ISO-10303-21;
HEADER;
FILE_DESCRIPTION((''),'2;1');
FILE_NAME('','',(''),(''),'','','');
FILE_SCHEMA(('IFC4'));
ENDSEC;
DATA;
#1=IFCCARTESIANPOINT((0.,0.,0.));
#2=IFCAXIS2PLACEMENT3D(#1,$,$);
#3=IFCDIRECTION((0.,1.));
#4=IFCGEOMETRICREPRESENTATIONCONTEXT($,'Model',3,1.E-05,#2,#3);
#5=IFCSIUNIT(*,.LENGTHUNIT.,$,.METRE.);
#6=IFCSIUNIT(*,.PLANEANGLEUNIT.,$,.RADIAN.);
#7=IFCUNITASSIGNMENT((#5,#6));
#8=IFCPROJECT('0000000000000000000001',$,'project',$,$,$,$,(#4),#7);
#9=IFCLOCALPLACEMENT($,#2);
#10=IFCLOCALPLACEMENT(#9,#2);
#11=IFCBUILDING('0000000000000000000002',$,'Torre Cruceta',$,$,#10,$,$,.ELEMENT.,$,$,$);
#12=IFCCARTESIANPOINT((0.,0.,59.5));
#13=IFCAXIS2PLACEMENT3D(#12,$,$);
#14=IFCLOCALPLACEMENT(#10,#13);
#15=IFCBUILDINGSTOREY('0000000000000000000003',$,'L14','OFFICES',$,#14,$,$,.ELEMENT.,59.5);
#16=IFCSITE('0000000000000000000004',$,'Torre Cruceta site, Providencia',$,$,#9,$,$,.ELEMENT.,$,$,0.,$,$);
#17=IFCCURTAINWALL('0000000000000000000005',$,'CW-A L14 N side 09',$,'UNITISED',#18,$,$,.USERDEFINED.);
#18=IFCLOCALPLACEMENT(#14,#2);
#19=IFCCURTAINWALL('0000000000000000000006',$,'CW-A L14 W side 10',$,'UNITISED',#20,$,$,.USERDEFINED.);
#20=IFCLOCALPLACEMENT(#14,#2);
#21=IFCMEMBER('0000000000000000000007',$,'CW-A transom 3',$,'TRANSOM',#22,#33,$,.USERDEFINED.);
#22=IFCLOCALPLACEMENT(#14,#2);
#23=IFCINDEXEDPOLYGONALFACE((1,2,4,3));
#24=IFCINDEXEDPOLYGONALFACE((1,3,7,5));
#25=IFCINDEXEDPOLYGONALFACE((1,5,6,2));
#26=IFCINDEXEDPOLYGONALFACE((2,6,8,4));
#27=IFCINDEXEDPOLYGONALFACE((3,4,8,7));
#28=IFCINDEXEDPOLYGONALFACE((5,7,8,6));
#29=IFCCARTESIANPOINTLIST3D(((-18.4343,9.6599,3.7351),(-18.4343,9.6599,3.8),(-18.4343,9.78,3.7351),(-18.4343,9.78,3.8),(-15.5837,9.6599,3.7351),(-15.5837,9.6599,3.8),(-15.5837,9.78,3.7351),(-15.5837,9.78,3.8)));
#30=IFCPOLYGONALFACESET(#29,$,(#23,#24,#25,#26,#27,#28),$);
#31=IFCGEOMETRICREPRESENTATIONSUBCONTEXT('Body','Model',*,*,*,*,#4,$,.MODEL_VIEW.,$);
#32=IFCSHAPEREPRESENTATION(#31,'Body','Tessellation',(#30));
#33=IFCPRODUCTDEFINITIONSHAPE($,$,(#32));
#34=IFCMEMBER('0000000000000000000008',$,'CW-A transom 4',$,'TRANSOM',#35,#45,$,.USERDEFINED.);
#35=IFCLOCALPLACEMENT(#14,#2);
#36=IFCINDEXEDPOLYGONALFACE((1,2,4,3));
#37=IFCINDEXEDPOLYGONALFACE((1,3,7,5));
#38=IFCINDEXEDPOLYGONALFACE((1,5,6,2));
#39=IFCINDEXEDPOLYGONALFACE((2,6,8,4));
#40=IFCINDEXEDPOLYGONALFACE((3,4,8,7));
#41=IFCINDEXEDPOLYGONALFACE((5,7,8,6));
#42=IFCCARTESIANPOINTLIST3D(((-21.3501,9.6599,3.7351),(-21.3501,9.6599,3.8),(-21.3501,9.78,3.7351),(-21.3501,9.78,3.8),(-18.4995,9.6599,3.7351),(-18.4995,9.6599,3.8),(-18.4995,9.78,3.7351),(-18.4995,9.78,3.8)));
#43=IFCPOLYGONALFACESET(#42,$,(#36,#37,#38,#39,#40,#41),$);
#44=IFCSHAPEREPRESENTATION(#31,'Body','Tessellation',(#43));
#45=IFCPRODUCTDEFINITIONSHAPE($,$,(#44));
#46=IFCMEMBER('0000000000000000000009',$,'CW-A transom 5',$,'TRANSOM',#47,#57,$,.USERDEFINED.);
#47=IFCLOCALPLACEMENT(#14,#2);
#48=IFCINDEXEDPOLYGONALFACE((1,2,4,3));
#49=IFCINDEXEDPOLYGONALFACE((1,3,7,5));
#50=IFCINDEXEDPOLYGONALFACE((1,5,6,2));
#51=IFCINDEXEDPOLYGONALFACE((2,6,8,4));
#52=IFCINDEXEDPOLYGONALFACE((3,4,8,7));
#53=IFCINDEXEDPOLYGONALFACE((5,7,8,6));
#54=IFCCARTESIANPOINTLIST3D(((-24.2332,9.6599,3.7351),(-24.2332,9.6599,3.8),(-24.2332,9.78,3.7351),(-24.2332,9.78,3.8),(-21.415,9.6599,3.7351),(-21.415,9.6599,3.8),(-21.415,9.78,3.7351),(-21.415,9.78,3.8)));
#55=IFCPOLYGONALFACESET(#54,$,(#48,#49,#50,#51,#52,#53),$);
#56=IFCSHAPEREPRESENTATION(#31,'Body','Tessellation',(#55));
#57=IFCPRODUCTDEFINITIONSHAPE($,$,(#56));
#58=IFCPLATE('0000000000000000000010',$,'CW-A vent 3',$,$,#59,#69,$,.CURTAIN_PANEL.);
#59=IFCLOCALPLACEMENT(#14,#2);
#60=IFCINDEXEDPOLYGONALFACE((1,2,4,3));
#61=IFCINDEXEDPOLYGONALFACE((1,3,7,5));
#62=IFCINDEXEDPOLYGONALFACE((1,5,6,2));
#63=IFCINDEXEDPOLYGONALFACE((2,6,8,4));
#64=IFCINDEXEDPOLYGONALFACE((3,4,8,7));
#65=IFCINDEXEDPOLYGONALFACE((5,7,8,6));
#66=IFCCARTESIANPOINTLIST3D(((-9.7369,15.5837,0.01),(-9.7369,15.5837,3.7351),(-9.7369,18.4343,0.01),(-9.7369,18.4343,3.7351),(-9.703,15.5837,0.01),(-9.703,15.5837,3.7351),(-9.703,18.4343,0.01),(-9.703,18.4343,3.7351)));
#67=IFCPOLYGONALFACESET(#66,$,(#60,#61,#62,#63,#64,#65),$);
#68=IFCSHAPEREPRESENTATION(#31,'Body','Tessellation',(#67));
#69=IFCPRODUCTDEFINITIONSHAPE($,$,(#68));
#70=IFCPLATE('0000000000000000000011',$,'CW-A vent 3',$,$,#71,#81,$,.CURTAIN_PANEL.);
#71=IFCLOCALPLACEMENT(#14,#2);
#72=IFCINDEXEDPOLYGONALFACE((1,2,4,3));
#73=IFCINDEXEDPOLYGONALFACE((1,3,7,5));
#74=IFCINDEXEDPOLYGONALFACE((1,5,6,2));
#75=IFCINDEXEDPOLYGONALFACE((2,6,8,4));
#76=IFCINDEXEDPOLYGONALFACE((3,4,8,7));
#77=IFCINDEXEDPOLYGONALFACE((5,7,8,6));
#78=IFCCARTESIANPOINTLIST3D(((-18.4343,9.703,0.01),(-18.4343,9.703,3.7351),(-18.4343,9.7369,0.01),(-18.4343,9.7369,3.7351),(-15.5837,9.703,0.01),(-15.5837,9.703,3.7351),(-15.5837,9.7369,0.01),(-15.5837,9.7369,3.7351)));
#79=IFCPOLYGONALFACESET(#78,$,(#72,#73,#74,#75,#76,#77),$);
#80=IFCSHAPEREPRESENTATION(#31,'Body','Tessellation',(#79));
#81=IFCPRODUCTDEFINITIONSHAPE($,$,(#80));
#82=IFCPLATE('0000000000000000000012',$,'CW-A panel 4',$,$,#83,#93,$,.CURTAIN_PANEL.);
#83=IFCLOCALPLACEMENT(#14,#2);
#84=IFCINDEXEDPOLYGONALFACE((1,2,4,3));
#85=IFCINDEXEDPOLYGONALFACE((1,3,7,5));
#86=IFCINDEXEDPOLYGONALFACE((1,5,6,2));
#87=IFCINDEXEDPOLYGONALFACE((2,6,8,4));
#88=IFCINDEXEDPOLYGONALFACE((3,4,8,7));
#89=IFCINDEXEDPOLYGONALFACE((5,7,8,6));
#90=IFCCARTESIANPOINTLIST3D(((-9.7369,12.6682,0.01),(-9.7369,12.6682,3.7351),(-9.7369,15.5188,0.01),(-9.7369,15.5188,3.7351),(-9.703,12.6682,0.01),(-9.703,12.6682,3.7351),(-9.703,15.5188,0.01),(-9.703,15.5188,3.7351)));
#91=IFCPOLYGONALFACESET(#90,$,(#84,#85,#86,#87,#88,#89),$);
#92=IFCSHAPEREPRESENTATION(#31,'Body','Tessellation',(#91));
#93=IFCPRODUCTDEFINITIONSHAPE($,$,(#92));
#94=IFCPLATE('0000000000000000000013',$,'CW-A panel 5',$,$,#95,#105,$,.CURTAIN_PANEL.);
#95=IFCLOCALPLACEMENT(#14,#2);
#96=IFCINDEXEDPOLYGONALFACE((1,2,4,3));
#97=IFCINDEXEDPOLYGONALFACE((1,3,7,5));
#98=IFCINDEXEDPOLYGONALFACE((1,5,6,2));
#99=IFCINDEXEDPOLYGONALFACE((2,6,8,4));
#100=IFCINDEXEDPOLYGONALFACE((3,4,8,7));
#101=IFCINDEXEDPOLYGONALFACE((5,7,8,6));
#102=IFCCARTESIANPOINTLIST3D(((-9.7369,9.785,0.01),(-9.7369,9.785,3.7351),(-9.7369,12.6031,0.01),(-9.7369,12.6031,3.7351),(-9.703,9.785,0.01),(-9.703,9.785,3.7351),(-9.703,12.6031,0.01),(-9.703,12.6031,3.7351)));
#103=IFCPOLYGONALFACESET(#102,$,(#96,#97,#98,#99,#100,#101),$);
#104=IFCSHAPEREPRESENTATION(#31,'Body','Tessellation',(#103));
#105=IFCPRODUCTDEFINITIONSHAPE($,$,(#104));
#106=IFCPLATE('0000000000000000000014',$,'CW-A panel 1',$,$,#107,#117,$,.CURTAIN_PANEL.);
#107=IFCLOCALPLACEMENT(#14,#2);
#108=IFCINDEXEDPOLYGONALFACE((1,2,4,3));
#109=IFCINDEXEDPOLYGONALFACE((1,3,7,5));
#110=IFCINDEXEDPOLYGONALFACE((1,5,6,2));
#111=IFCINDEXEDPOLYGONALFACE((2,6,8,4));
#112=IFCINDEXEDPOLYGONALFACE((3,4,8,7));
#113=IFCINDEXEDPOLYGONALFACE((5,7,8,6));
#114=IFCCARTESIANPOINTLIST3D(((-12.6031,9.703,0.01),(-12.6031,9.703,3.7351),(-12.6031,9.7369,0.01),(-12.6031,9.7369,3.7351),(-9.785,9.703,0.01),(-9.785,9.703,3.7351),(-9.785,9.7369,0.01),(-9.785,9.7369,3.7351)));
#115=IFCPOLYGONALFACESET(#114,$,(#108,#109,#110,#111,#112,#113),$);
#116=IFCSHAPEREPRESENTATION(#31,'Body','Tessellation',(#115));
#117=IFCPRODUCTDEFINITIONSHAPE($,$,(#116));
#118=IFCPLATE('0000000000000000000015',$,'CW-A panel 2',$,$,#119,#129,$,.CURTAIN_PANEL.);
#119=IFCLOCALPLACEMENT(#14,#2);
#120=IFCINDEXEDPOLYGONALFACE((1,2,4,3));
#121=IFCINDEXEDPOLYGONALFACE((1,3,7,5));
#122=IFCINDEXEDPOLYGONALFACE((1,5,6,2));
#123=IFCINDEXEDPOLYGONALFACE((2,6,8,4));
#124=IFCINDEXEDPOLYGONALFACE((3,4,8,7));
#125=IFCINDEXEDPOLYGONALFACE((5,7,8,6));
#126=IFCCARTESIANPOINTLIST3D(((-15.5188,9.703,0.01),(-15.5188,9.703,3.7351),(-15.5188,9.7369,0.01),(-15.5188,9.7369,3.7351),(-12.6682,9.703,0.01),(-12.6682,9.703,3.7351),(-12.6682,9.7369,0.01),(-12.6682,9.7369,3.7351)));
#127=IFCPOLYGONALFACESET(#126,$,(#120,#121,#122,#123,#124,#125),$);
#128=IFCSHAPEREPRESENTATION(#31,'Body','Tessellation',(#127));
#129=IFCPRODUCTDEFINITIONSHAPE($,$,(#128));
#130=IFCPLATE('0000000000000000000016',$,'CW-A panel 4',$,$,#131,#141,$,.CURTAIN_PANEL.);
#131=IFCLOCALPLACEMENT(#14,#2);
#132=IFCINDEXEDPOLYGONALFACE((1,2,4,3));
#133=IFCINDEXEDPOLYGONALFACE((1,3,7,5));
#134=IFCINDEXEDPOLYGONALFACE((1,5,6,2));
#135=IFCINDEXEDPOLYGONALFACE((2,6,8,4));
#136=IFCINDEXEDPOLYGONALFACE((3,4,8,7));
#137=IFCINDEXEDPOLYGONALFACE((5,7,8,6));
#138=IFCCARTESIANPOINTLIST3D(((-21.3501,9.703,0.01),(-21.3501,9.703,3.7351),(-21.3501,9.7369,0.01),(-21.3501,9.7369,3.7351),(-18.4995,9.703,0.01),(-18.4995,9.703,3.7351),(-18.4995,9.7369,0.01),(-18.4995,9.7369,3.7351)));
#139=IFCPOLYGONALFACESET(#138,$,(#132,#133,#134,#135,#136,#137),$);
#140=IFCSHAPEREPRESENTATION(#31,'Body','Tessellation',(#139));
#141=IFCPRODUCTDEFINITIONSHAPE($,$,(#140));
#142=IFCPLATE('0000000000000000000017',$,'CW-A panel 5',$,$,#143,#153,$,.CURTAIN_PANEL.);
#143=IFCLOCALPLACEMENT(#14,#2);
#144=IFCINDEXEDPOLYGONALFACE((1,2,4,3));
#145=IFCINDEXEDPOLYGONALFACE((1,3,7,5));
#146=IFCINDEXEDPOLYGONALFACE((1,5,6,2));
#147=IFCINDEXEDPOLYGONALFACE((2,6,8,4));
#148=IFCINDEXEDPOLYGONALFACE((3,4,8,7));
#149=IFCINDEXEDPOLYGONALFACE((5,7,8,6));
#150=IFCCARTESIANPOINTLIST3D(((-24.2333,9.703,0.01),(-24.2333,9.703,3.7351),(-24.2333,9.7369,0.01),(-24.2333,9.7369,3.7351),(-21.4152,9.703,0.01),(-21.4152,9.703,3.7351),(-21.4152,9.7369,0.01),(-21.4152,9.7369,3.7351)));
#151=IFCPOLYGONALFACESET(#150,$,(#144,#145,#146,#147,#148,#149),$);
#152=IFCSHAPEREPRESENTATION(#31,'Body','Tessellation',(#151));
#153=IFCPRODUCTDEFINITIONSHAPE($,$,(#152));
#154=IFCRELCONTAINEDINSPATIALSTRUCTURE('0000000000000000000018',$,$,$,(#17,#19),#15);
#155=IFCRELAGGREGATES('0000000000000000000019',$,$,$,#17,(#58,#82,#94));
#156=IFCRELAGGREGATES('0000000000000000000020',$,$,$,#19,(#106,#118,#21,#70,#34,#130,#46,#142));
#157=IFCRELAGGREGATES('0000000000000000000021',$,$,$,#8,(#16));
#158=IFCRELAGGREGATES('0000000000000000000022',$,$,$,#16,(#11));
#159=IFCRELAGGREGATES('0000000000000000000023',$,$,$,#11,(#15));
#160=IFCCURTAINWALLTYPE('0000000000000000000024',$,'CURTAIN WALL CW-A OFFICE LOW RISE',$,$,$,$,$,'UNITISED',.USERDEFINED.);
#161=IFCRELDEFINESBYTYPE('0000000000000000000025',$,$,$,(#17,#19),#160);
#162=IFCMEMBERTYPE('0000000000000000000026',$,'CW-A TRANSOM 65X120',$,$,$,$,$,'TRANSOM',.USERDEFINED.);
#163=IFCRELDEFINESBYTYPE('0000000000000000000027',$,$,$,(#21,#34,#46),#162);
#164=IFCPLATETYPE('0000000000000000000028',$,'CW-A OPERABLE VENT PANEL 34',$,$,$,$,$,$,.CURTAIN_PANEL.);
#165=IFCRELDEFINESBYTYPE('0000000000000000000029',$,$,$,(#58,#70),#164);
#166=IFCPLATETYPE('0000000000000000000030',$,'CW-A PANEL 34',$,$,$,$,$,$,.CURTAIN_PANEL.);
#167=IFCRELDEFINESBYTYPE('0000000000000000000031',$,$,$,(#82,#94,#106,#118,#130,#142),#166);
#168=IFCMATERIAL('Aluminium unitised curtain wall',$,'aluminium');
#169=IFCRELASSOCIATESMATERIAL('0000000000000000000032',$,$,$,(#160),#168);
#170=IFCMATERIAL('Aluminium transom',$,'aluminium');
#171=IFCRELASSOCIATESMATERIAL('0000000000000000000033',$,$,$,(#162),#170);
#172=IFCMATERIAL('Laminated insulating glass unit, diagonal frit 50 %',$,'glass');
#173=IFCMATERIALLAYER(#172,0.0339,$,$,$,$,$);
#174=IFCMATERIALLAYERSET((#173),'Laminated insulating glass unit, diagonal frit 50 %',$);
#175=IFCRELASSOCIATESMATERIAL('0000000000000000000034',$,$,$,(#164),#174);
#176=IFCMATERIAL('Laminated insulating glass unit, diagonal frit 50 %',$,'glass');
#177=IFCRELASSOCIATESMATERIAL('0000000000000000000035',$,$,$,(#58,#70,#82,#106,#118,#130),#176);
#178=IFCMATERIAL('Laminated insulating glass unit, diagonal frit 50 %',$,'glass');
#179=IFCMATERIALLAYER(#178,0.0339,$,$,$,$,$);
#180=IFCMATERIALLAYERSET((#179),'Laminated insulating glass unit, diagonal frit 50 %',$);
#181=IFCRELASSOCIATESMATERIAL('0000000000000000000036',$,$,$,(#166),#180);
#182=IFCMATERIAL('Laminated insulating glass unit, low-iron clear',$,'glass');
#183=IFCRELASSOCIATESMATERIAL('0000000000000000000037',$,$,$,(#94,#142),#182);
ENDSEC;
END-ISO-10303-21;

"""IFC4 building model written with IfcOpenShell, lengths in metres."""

from ifc_helpers import new_model, si_unit, direction, frame, origin, origin_2d, place, context, subcontext, project, spatial, rectangle, extrude, material, layer, layer_set, material_profile, profile_set, type_object, element, aggregate, save


model = new_model("IFC4")

# Units and contexts
model_context = context("Model", 3, precision=1e-05, world=origin(), true_north=direction((0.0, 1.0)))
body_context = subcontext(model_context, "Body", "Model", "MODEL_VIEW")
ifc_project = project(units=[si_unit("LENGTHUNIT", "METRE"), si_unit("PLANEANGLEUNIT", "RADIAN")], contexts=[model_context])

# Site, building, storey
site_placement = place(None, origin())
site = spatial("IfcSite", under=ifc_project, at=site_placement, Name="Torre Cruceta site, Providencia", CompositionType="ELEMENT", RefElevation=0.0)
building_placement = place(site_placement, origin())
building = spatial("IfcBuilding", under=site, at=building_placement, Name="Torre Cruceta", CompositionType="ELEMENT")
storey_placement = place(building_placement, frame((0.0, 0.0, 59.5)))
storey = spatial("IfcBuildingStorey", under=building, at=storey_placement, Name="L14", Description="OFFICES", CompositionType="ELEMENT", Elevation=59.5)

# Curtain walls
ifc_material_1 = material(Name="Aluminium unitised curtain wall", Category="aluminium")
curtain_wall_type = type_object("IfcCurtainWallType", Name="CURTAIN WALL CW-A OFFICE LOW RISE", ElementType="UNITISED", PredefinedType="USERDEFINED", material=ifc_material_1)
curtain_wall_1_placement = place(storey_placement, origin())
curtain_wall_1 = element("IfcCurtainWall", 1, at=curtain_wall_1_placement, inside=storey, type_object=curtain_wall_type, Name="CW-A L14 N side 09", ObjectType="UNITISED", PredefinedType="USERDEFINED")
curtain_wall_2_placement = place(storey_placement, origin())
curtain_wall_2 = element("IfcCurtainWall", 2, at=curtain_wall_2_placement, inside=storey, type_object=curtain_wall_type, Name="CW-A L14 W side 10", ObjectType="UNITISED", PredefinedType="USERDEFINED")

# Members
ifc_material_2 = material(Name="Aluminium transom", Category="aluminium")
ifc_material_profile_1 = material_profile(ifc_material_2, rectangle(XDim=0.1201, YDim=0.0649, at=origin_2d()), Name="AL 120X65")
ifc_profile_set_1 = profile_set([ifc_material_profile_1], Name="Aluminium transom")
member_type_1 = type_object("IfcMemberType", Name="CW-A TRANSOM 65X120", ElementType="TRANSOM", PredefinedType="USERDEFINED", material=ifc_profile_set_1)
member_1_placement = place(storey_placement, frame((-15.5837, 9.72, 3.7676), z_axis=(-1.0, 0.0, 0.0), x_axis=(0.0, -1.0, 0.0)))
member_1 = element("IfcMember", 3, at=member_1_placement, type_object=member_type_1, Name="CW-A transom 3", ObjectType="TRANSOM", PredefinedType="USERDEFINED", context=body_context, shape_type="SweptSolid", body=[
    extrude(rectangle(XDim=0.1201, YDim=0.0649, at=origin_2d()), origin(), (0.0, 0.0, 1.0), 2.8506),
])
member_2_placement = place(storey_placement, frame((-18.4995, 9.72, 3.7676), z_axis=(-1.0, 0.0, 0.0), x_axis=(0.0, -1.0, 0.0)))
member_2 = element("IfcMember", 4, at=member_2_placement, type_object=member_type_1, Name="CW-A transom 4", ObjectType="TRANSOM", PredefinedType="USERDEFINED", context=body_context, shape_type="SweptSolid", body=[
    extrude(rectangle(XDim=0.1201, YDim=0.0649, at=origin_2d()), origin(), (0.0, 0.0, 1.0), 2.8506),
])
member_3_placement = place(storey_placement, frame((-21.415, 9.72, 3.7676), z_axis=(-1.0, 0.0, 0.0), x_axis=(0.0, -1.0, 0.0)))
member_3 = element("IfcMember", 5, at=member_3_placement, type_object=member_type_1, Name="CW-A transom 5", ObjectType="TRANSOM", PredefinedType="USERDEFINED", context=body_context, shape_type="SweptSolid", body=[
    extrude(rectangle(XDim=0.1201, YDim=0.0649, at=origin_2d()), origin(), (0.0, 0.0, 1.0), 2.8181),
])

# Plates
ifc_material_3 = material(Name="Laminated insulating glass unit, diagonal frit 50 %", Category="glass")
ifc_material_4 = material(Name="Laminated insulating glass unit, diagonal frit 50 %", Category="glass")
ifc_layer_1 = layer(ifc_material_4, 0.0339)
ifc_layer_set_1 = layer_set([ifc_layer_1], Name="Laminated insulating glass unit, diagonal frit 50 %")
plate_type_1 = type_object("IfcPlateType", Name="CW-A OPERABLE VENT PANEL 34", PredefinedType="CURTAIN_PANEL", material=ifc_layer_set_1)
plate_1_placement = place(storey_placement, frame((-9.72, 17.009, 0.01), z_axis=(0.0, 0.0, 1.0), x_axis=(0.0, -1.0, 0.0)))
plate_1 = element("IfcPlate", 6, at=plate_1_placement, type_object=plate_type_1, material=ifc_material_3, Name="CW-A vent 3", PredefinedType="CURTAIN_PANEL", context=body_context, shape_type="SweptSolid", body=[
    extrude(rectangle(XDim=2.8506, YDim=0.0339, at=origin_2d()), origin(), (0.0, 0.0, 1.0), 3.7251),
])
plate_2_placement = place(storey_placement, frame((-17.009, 9.72, 0.01), z_axis=(0.0, 0.0, 1.0), x_axis=(-1.0, 0.0, 0.0)))
plate_2 = element("IfcPlate", 7, at=plate_2_placement, type_object=plate_type_1, material=ifc_material_3, Name="CW-A vent 3", PredefinedType="CURTAIN_PANEL", context=body_context, shape_type="SweptSolid", body=[
    extrude(rectangle(XDim=2.8506, YDim=0.0339, at=origin_2d()), origin(), (0.0, 0.0, 1.0), 3.7251),
])
ifc_material_5 = material(Name="Laminated insulating glass unit, diagonal frit 50 %", Category="glass")
ifc_layer_2 = layer(ifc_material_5, 0.0339)
ifc_layer_set_2 = layer_set([ifc_layer_2], Name="Laminated insulating glass unit, diagonal frit 50 %")
plate_type_2 = type_object("IfcPlateType", Name="CW-A PANEL 34", PredefinedType="CURTAIN_PANEL", material=ifc_layer_set_2)
plate_3_placement = place(storey_placement, frame((-9.72, 14.0935, 0.01), z_axis=(0.0, 0.0, 1.0), x_axis=(0.0, -1.0, 0.0)))
plate_3 = element("IfcPlate", 8, at=plate_3_placement, type_object=plate_type_2, material=ifc_material_3, Name="CW-A panel 4", PredefinedType="CURTAIN_PANEL", context=body_context, shape_type="SweptSolid", body=[
    extrude(rectangle(XDim=2.8506, YDim=0.0339, at=origin_2d()), origin(), (0.0, 0.0, 1.0), 3.7251),
])
ifc_material_6 = material(Name="Laminated insulating glass unit, low-iron clear", Category="glass")
plate_4_placement = place(storey_placement, frame((-9.72, 11.1941, 0.01), z_axis=(0.0, 0.0, 1.0), x_axis=(0.0, -1.0, 0.0)))
plate_4 = element("IfcPlate", 9, at=plate_4_placement, type_object=plate_type_2, material=ifc_material_6, Name="CW-A panel 5", PredefinedType="CURTAIN_PANEL", context=body_context, shape_type="SweptSolid", body=[
    extrude(rectangle(XDim=2.8181, YDim=0.0339, at=origin_2d()), origin(), (0.0, 0.0, 1.0), 3.7251),
])
aggregate(curtain_wall_1, [plate_1, plate_3, plate_4])
plate_5_placement = place(storey_placement, frame((-11.1941, 9.72, 0.01), z_axis=(0.0, 0.0, 1.0), x_axis=(-1.0, 0.0, 0.0)))
plate_5 = element("IfcPlate", 10, at=plate_5_placement, type_object=plate_type_2, material=ifc_material_3, Name="CW-A panel 1", PredefinedType="CURTAIN_PANEL", context=body_context, shape_type="SweptSolid", body=[
    extrude(rectangle(XDim=2.8181, YDim=0.0339, at=origin_2d()), origin(), (0.0, 0.0, 1.0), 3.7251),
])
plate_6_placement = place(storey_placement, frame((-14.0935, 9.72, 0.01), z_axis=(0.0, 0.0, 1.0), x_axis=(-1.0, 0.0, 0.0)))
plate_6 = element("IfcPlate", 11, at=plate_6_placement, type_object=plate_type_2, material=ifc_material_3, Name="CW-A panel 2", PredefinedType="CURTAIN_PANEL", context=body_context, shape_type="SweptSolid", body=[
    extrude(rectangle(XDim=2.8506, YDim=0.0339, at=origin_2d()), origin(), (0.0, 0.0, 1.0), 3.7251),
])
plate_7_placement = place(storey_placement, frame((-19.9248, 9.72, 0.01), z_axis=(0.0, 0.0, 1.0), x_axis=(-1.0, 0.0, 0.0)))
plate_7 = element("IfcPlate", 12, at=plate_7_placement, type_object=plate_type_2, material=ifc_material_3, Name="CW-A panel 4", PredefinedType="CURTAIN_PANEL", context=body_context, shape_type="SweptSolid", body=[
    extrude(rectangle(XDim=2.8506, YDim=0.0339, at=origin_2d()), origin(), (0.0, 0.0, 1.0), 3.7251),
])
plate_8_placement = place(storey_placement, frame((-22.8242, 9.72, 0.01), z_axis=(0.0, 0.0, 1.0), x_axis=(-1.0, 0.0, 0.0)))
plate_8 = element("IfcPlate", 13, at=plate_8_placement, type_object=plate_type_2, material=ifc_material_6, Name="CW-A panel 5", PredefinedType="CURTAIN_PANEL", context=body_context, shape_type="SweptSolid", body=[
    extrude(rectangle(XDim=2.8181, YDim=0.0339, at=origin_2d()), origin(), (0.0, 0.0, 1.0), 3.7251),
])
aggregate(curtain_wall_2, [plate_5, plate_6, member_1, plate_2, member_2, plate_7, member_3, plate_8])

save(model, "model.ifc")
